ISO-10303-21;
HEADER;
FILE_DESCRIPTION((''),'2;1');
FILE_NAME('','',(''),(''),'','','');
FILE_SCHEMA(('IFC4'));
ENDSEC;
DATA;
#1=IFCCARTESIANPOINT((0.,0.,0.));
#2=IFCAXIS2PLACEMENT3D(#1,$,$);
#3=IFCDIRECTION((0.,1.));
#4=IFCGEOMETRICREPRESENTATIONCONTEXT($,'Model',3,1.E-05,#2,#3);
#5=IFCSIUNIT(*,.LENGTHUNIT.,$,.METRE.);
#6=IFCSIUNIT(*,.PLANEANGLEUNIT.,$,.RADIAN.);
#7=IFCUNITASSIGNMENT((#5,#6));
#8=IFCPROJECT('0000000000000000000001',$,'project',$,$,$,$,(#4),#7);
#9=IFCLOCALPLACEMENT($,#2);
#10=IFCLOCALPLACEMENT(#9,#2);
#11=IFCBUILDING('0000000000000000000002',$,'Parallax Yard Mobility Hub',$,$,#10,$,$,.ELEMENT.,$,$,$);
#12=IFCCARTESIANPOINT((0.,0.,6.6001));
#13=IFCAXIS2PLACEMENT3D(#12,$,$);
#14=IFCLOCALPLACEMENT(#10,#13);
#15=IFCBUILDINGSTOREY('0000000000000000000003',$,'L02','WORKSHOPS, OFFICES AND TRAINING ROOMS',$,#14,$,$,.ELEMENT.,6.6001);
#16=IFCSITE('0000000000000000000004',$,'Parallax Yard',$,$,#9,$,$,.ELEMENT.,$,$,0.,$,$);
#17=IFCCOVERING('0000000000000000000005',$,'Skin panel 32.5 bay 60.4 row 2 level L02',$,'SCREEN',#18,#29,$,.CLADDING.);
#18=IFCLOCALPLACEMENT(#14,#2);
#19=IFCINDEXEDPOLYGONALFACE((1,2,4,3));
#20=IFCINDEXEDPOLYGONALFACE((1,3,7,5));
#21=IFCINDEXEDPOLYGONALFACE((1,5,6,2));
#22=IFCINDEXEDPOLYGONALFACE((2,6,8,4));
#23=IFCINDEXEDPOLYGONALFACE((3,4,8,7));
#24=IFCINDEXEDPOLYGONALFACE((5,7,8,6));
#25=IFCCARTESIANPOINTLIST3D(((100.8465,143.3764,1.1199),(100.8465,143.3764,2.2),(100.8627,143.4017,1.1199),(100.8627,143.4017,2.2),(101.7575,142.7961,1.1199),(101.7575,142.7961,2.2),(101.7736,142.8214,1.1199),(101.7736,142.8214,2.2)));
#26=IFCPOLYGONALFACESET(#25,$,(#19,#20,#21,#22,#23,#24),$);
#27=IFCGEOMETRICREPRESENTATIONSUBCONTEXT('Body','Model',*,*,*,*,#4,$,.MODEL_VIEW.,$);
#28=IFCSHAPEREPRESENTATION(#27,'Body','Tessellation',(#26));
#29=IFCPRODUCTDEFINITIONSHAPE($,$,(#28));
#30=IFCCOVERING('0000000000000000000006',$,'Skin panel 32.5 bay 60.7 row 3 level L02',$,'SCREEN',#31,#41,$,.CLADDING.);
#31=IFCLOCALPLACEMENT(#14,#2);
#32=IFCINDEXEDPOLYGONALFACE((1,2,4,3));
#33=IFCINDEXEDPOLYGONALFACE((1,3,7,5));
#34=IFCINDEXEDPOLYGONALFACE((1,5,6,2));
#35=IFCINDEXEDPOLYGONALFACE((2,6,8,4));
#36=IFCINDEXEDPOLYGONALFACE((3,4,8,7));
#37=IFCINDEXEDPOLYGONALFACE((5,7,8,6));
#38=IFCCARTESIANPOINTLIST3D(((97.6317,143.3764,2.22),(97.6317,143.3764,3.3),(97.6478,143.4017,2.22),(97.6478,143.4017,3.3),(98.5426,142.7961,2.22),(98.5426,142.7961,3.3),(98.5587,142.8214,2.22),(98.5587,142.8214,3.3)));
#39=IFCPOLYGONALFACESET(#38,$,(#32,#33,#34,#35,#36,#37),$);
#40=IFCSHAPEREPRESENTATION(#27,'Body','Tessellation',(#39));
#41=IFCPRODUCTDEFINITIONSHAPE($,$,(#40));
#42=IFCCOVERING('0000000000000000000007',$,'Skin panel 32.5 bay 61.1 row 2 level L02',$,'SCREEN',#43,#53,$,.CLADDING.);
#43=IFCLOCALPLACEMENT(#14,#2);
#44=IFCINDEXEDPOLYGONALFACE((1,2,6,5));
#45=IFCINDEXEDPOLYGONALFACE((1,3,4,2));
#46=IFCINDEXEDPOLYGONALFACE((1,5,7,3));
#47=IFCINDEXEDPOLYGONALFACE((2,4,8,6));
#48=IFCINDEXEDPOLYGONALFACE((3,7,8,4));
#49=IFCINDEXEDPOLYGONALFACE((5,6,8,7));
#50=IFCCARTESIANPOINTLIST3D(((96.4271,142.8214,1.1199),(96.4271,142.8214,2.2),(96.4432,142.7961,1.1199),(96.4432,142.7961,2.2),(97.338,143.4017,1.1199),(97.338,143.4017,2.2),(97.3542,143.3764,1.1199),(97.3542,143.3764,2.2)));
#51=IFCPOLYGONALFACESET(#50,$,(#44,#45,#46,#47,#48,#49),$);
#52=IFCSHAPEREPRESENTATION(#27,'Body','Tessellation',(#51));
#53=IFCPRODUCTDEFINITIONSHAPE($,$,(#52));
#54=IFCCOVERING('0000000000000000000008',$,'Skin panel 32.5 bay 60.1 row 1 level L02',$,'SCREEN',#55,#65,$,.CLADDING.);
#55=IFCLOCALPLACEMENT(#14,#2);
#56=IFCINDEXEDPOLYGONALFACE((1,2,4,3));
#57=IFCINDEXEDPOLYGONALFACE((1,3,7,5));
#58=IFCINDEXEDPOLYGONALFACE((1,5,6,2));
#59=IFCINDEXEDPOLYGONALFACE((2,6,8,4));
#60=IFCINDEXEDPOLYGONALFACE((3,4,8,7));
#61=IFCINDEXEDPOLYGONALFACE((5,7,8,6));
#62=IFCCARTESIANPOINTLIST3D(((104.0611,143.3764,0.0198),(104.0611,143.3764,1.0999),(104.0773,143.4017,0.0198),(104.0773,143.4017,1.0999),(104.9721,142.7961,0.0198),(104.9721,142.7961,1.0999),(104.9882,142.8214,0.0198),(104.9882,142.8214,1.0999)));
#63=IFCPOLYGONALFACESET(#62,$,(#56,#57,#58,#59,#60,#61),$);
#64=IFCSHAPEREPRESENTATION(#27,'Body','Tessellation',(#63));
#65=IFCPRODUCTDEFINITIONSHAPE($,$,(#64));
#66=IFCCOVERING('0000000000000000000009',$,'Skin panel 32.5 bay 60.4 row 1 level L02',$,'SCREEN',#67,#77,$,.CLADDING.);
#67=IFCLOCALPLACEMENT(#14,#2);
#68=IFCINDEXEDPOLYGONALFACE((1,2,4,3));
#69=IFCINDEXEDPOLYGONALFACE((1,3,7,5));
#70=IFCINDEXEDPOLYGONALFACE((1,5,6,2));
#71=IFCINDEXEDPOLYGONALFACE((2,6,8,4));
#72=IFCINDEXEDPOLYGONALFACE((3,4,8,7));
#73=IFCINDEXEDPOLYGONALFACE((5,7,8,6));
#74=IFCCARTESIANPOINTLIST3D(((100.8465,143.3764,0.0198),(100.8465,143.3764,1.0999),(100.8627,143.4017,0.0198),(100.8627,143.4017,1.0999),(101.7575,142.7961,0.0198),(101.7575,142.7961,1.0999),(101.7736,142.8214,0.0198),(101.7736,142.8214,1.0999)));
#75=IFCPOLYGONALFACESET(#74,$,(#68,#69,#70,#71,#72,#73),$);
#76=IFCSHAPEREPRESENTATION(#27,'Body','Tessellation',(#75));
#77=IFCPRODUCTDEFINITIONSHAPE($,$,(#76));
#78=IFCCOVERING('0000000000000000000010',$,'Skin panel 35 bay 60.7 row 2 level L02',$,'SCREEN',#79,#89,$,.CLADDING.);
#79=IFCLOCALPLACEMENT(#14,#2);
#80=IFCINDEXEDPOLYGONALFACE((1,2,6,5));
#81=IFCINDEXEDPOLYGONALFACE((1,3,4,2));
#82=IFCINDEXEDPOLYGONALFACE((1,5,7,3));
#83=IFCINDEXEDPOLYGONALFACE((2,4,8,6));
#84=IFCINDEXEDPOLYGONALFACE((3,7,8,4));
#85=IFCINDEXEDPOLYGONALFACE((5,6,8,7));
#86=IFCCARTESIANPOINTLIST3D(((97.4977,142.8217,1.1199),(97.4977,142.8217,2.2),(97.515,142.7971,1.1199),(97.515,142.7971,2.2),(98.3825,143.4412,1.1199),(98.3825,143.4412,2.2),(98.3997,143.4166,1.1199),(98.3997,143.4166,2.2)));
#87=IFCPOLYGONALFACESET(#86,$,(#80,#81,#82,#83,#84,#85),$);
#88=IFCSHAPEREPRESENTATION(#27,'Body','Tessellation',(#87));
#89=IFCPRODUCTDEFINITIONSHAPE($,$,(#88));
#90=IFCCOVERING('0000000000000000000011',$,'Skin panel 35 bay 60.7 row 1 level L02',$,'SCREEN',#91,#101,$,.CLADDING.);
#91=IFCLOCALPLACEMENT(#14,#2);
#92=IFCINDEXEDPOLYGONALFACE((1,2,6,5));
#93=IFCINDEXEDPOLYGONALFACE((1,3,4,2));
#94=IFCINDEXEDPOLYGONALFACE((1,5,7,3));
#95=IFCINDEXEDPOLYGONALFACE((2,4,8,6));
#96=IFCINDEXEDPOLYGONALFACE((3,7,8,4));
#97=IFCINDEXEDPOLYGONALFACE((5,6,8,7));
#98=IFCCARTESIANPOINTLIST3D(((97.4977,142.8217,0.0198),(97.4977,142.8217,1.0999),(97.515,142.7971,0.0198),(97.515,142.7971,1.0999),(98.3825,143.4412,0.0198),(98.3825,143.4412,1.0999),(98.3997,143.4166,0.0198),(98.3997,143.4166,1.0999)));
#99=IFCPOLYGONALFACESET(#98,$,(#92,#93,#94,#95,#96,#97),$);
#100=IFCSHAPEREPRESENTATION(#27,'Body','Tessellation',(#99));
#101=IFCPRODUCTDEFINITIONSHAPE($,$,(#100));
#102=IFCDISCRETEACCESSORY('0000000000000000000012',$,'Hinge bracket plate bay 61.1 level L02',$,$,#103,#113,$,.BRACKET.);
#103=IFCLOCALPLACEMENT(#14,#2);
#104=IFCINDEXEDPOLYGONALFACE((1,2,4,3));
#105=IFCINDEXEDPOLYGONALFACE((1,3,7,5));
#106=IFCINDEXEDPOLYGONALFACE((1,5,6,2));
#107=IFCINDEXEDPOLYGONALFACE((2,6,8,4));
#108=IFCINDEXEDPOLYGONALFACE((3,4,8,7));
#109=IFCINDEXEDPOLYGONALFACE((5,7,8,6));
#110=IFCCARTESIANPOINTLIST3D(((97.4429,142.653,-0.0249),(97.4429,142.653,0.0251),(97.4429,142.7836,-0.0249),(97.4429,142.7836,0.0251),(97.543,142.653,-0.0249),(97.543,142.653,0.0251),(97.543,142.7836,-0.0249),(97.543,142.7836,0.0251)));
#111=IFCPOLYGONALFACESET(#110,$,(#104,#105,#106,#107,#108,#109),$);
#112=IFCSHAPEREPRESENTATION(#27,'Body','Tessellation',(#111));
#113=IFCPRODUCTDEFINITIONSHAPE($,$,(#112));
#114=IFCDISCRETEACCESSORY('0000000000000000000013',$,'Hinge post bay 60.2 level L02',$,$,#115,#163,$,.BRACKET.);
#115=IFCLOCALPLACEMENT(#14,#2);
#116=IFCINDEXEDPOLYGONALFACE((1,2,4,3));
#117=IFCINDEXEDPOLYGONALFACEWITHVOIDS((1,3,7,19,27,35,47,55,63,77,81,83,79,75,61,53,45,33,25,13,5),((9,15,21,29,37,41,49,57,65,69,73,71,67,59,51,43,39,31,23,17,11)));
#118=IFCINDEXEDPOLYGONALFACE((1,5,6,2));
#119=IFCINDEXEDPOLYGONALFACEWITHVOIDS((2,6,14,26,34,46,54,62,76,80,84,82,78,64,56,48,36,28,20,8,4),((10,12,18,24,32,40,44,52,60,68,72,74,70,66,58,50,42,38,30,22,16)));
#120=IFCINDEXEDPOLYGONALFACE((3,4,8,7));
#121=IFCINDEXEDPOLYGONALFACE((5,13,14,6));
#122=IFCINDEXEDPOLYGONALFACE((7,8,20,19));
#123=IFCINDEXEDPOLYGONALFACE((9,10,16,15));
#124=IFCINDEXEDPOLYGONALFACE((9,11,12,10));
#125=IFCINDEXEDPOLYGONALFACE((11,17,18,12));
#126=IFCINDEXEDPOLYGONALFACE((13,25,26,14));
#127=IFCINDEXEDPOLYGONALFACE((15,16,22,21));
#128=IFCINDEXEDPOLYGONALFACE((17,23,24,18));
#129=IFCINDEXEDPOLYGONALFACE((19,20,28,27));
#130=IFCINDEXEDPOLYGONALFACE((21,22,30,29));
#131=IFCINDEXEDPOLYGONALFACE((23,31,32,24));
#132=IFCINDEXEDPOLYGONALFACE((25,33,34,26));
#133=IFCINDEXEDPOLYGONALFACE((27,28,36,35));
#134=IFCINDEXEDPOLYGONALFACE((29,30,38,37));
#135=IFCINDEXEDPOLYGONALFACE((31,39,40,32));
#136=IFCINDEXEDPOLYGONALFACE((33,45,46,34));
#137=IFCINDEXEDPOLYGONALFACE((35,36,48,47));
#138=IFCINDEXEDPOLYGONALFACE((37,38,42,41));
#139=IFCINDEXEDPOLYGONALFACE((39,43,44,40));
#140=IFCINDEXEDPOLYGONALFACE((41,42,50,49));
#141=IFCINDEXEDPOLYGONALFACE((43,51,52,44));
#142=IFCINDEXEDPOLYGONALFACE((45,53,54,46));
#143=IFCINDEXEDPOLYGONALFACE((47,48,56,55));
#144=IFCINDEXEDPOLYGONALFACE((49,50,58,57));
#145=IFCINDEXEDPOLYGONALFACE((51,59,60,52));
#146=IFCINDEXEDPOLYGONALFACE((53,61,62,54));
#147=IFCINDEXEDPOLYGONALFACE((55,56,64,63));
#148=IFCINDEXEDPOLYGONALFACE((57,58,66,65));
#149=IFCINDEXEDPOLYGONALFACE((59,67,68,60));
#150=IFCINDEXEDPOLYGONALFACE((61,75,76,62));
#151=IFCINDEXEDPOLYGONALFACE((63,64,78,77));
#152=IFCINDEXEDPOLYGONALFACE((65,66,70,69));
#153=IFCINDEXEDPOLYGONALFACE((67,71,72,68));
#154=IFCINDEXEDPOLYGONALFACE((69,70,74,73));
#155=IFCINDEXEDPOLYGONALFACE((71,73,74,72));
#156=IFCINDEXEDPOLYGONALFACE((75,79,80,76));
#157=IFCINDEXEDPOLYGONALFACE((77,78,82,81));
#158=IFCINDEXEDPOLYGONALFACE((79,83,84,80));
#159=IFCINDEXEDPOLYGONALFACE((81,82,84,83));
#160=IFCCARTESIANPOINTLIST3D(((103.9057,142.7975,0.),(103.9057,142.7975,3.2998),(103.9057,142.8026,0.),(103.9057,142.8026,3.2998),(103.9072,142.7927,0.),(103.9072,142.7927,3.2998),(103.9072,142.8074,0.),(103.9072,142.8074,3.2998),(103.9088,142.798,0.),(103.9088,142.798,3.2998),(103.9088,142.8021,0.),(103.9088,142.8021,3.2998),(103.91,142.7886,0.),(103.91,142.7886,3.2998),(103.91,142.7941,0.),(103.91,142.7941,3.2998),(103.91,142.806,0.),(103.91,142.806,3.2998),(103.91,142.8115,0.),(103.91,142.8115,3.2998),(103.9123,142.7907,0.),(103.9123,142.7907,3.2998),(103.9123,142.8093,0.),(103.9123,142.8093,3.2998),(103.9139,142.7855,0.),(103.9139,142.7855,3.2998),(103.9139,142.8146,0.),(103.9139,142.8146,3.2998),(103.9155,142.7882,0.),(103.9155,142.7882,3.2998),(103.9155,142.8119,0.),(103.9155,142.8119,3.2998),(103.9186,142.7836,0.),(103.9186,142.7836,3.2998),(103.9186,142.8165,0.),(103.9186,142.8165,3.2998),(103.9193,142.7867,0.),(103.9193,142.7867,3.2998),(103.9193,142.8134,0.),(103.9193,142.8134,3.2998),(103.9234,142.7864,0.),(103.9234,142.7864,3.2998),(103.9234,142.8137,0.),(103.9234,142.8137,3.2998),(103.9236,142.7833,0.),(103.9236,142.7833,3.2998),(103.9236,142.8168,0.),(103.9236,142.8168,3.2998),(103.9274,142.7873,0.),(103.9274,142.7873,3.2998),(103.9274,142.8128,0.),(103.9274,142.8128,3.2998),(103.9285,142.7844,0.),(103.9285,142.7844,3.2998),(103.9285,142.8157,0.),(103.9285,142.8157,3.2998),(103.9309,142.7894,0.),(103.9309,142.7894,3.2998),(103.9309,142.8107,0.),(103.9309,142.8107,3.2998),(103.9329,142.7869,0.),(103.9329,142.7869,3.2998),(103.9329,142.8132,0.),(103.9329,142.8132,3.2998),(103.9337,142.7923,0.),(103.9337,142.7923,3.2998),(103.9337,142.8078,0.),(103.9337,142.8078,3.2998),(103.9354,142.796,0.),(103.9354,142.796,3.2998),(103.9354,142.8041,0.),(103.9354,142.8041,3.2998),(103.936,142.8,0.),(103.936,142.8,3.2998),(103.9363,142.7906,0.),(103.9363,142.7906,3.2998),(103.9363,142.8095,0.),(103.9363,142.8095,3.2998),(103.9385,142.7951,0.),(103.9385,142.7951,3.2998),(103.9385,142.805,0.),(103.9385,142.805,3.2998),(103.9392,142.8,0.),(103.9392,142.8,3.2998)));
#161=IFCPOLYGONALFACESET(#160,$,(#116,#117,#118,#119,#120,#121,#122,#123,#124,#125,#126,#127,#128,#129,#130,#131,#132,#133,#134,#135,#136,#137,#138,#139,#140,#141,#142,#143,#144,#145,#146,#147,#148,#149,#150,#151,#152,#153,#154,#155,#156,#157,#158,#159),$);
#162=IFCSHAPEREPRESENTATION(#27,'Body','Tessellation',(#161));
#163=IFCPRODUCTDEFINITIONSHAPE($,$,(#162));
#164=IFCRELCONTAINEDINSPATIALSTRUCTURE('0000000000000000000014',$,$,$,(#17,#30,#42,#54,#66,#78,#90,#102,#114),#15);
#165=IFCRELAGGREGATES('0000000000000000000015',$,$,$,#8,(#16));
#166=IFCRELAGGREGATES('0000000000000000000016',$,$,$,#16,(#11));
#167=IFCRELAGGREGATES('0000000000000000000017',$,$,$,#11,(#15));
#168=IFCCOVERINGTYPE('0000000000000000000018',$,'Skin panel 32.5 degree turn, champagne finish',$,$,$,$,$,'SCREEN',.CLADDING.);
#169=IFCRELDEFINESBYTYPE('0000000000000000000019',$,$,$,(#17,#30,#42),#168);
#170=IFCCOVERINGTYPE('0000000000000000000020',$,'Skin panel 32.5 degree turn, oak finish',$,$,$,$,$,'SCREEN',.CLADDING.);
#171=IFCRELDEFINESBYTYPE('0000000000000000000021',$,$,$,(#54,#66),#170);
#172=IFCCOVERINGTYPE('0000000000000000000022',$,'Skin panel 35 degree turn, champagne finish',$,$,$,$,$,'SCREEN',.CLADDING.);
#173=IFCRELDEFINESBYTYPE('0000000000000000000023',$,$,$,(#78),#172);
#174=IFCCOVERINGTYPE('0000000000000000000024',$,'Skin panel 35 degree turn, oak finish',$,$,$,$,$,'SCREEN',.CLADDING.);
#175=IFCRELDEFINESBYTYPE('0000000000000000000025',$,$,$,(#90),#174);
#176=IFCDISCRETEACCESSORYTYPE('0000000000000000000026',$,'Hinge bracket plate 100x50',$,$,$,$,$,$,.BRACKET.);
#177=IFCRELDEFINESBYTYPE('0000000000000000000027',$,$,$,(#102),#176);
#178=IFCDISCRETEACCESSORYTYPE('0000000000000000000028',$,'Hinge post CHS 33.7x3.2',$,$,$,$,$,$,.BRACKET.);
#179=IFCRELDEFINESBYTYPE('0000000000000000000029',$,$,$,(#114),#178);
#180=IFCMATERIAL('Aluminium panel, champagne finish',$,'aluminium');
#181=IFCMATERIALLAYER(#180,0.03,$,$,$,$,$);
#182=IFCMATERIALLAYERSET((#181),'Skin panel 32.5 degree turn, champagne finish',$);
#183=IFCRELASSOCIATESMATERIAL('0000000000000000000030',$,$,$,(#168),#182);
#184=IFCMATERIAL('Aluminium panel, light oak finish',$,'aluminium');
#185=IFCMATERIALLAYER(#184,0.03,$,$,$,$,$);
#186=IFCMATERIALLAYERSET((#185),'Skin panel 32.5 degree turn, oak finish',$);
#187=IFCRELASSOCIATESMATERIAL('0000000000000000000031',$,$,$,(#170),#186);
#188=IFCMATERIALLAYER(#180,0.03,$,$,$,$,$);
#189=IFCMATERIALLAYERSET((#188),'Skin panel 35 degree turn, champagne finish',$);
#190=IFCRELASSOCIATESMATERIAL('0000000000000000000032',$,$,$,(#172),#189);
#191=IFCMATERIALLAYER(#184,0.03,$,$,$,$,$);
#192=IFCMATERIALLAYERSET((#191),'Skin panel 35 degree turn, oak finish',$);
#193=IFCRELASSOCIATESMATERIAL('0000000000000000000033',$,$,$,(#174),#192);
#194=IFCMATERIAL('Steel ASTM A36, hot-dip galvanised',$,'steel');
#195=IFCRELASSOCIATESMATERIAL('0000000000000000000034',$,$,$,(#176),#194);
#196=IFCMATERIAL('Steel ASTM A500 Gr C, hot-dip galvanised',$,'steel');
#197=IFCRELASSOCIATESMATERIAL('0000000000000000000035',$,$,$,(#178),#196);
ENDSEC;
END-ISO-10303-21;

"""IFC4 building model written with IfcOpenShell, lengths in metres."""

from ifc_helpers import new_model, si_unit, direction, frame, origin, origin_2d, place, context, subcontext, project, spatial, rectangle, hollow_circle, extrude, material, layer, layer_set, material_profile, profile_set, type_object, element, save


model = new_model("IFC4")

# Units and contexts
model_context = context("Model", 3, precision=1e-05, world=origin(), true_north=direction((0.0, 1.0)))
body_context = subcontext(model_context, "Body", "Model", "MODEL_VIEW")
ifc_project = project(units=[si_unit("LENGTHUNIT", "METRE"), si_unit("PLANEANGLEUNIT", "RADIAN")], contexts=[model_context])

# Site, building, storey
site_placement = place(None, origin())
site = spatial("IfcSite", under=ifc_project, at=site_placement, Name="Parallax Yard", CompositionType="ELEMENT", RefElevation=0.0)
building_placement = place(site_placement, origin())
building = spatial("IfcBuilding", under=site, at=building_placement, Name="Parallax Yard Mobility Hub", CompositionType="ELEMENT")
storey_placement = place(building_placement, frame((0.0, 0.0, 6.6001)))
storey = spatial("IfcBuildingStorey", under=building, at=storey_placement, Name="L02", Description="WORKSHOPS, OFFICES AND TRAINING ROOMS", CompositionType="ELEMENT", Elevation=6.6001)

# Coverings
ifc_material_1 = material(Name="Aluminium panel, champagne finish", Category="aluminium")
ifc_material_2 = material(Name="Aluminium panel, light oak finish", Category="aluminium")
ifc_layer_1 = layer(ifc_material_1, 0.03)
ifc_layer_set_1 = layer_set([ifc_layer_1], Name="Skin panel 32.5 degree turn, champagne finish")
covering_type_1 = type_object("IfcCoveringType", Name="Skin panel 32.5 degree turn, champagne finish", ElementType="SCREEN", PredefinedType="CLADDING", material=ifc_layer_set_1)
for number, where, z_axis, x_axis, name in (
    (1, (101.3101, 143.0989, 1.1199), (0.0, 0.0, 1.0), (-0.843391, 0.5373, 0.0), "Skin panel 32.5 bay 60.4 row 2 level L02"),
    (2, (98.0952, 143.0989, 2.22), (0.0, 0.0, 1.0), (-0.843391, 0.5373, 0.0), "Skin panel 32.5 bay 60.7 row 3 level L02"),
    (3, (96.8906, 143.0989, 1.1199), (0.0, 0.0, 1.0), (0.843391, 0.5373, 0.0), "Skin panel 32.5 bay 61.1 row 2 level L02"),
):
    element("IfcCovering", number, at=place(storey_placement, frame(where, z_axis=z_axis, x_axis=x_axis)), inside=storey, type_object=covering_type_1, Name=name, ObjectType="SCREEN", PredefinedType="CLADDING", context=body_context, shape_type="SweptSolid", body=[
        extrude(rectangle(XDim=1.0801, YDim=0.03, at=origin_2d()), origin(), (0.0, 0.0, 1.0), 1.0801),
    ])
ifc_layer_2 = layer(ifc_material_2, 0.03)
ifc_layer_set_2 = layer_set([ifc_layer_2], Name="Skin panel 32.5 degree turn, oak finish")
covering_type_2 = type_object("IfcCoveringType", Name="Skin panel 32.5 degree turn, oak finish", ElementType="SCREEN", PredefinedType="CLADDING", material=ifc_layer_set_2)
for number, where, z_axis, x_axis, name in (
    (4, (104.5247, 143.0989, 0.0198), (0.0, 0.0, 1.0), (-0.843391, 0.5373, 0.0), "Skin panel 32.5 bay 60.1 row 1 level L02"),
    (5, (101.3101, 143.0989, 0.0198), (0.0, 0.0, 1.0), (-0.843391, 0.5373, 0.0), "Skin panel 32.5 bay 60.4 row 1 level L02"),
):
    element("IfcCovering", number, at=place(storey_placement, frame(where, z_axis=z_axis, x_axis=x_axis)), inside=storey, type_object=covering_type_2, Name=name, ObjectType="SCREEN", PredefinedType="CLADDING", context=body_context, shape_type="SweptSolid", body=[
        extrude(rectangle(XDim=1.0801, YDim=0.03, at=origin_2d()), origin(), (0.0, 0.0, 1.0), 1.0801),
    ])
ifc_layer_3 = layer(ifc_material_1, 0.03)
ifc_layer_set_3 = layer_set([ifc_layer_3], Name="Skin panel 35 degree turn, champagne finish")
covering_type_3 = type_object("IfcCoveringType", Name="Skin panel 35 degree turn, champagne finish", ElementType="SCREEN", PredefinedType="CLADDING", material=ifc_layer_set_3)
covering_1_placement = place(storey_placement, frame((97.9487, 143.1191, 1.1199), z_axis=(0.0, 0.0, 1.0), x_axis=(0.819152, 0.573576, 0.0)))
element("IfcCovering", 6, at=covering_1_placement, inside=storey, type_object=covering_type_3, Name="Skin panel 35 bay 60.7 row 2 level L02", ObjectType="SCREEN", PredefinedType="CLADDING", context=body_context, shape_type="SweptSolid", body=[
    extrude(rectangle(XDim=1.0801, YDim=0.03, at=origin_2d()), origin(), (0.0, 0.0, 1.0), 1.0801),
])
ifc_layer_4 = layer(ifc_material_2, 0.03)
ifc_layer_set_4 = layer_set([ifc_layer_4], Name="Skin panel 35 degree turn, oak finish")
covering_type_4 = type_object("IfcCoveringType", Name="Skin panel 35 degree turn, oak finish", ElementType="SCREEN", PredefinedType="CLADDING", material=ifc_layer_set_4)
covering_2_placement = place(storey_placement, frame((97.9487, 143.1191, 0.0198), z_axis=(0.0, 0.0, 1.0), x_axis=(0.819152, 0.573576, 0.0)))
element("IfcCovering", 7, at=covering_2_placement, inside=storey, type_object=covering_type_4, Name="Skin panel 35 bay 60.7 row 1 level L02", ObjectType="SCREEN", PredefinedType="CLADDING", context=body_context, shape_type="SweptSolid", body=[
    extrude(rectangle(XDim=1.0801, YDim=0.03, at=origin_2d()), origin(), (0.0, 0.0, 1.0), 1.0801),
])

# Discrete accessories
ifc_material_3 = material(Name="Steel ASTM A36, hot-dip galvanised", Category="steel")
discrete_accessory_type_1 = type_object("IfcDiscreteAccessoryType", Name="Hinge bracket plate 100x50", PredefinedType="BRACKET", material=ifc_material_3)
discrete_accessory_placement = place(storey_placement, frame((97.4929, 142.7183, -0.0249), z_axis=(0.0, 0.0, 1.0), x_axis=(0.0, 1.0, 0.0)))
element("IfcDiscreteAccessory", 8, at=discrete_accessory_placement, inside=storey, type_object=discrete_accessory_type_1, Name="Hinge bracket plate bay 61.1 level L02", PredefinedType="BRACKET", context=body_context, shape_type="SweptSolid", body=[
    extrude(rectangle(XDim=0.1306, YDim=0.1001, at=origin_2d()), origin(), (0.0, 0.0, 1.0), 0.05),
])
ifc_material_4 = material(Name="Steel ASTM A500 Gr C, hot-dip galvanised", Category="steel")
ifc_material_profile = material_profile(ifc_material_4, hollow_circle(Radius=0.0168, WallThickness=0.0032, at=origin_2d()), Name="CHS 33.7x3.2")
ifc_profile_set = profile_set([ifc_material_profile], Name="Steel ASTM A500 Gr C, hot-dip galvanised")
discrete_accessory_type_2 = type_object("IfcDiscreteAccessoryType", Name="Hinge post CHS 33.7x3.2", PredefinedType="BRACKET", material=ifc_profile_set)
for number, where, z_axis, x_axis, name in (
    (9, (103.9224, 142.8, 0.0), (0.0, 0.0, 1.0), (1.0, 0.0, 0.0), "Hinge post bay 60.2 level L02"),
):
    element("IfcDiscreteAccessory", number, at=place(storey_placement, frame(where, z_axis=z_axis, x_axis=x_axis)), inside=storey, type_object=discrete_accessory_type_2, Name=name, PredefinedType="BRACKET", context=body_context, shape_type="SweptSolid", body=[
        extrude(hollow_circle(Radius=0.0168, WallThickness=0.0032, at=origin_2d()), origin(), (0.0, 0.0, 1.0), 3.2998),
    ])

save(model, "model.ifc")
